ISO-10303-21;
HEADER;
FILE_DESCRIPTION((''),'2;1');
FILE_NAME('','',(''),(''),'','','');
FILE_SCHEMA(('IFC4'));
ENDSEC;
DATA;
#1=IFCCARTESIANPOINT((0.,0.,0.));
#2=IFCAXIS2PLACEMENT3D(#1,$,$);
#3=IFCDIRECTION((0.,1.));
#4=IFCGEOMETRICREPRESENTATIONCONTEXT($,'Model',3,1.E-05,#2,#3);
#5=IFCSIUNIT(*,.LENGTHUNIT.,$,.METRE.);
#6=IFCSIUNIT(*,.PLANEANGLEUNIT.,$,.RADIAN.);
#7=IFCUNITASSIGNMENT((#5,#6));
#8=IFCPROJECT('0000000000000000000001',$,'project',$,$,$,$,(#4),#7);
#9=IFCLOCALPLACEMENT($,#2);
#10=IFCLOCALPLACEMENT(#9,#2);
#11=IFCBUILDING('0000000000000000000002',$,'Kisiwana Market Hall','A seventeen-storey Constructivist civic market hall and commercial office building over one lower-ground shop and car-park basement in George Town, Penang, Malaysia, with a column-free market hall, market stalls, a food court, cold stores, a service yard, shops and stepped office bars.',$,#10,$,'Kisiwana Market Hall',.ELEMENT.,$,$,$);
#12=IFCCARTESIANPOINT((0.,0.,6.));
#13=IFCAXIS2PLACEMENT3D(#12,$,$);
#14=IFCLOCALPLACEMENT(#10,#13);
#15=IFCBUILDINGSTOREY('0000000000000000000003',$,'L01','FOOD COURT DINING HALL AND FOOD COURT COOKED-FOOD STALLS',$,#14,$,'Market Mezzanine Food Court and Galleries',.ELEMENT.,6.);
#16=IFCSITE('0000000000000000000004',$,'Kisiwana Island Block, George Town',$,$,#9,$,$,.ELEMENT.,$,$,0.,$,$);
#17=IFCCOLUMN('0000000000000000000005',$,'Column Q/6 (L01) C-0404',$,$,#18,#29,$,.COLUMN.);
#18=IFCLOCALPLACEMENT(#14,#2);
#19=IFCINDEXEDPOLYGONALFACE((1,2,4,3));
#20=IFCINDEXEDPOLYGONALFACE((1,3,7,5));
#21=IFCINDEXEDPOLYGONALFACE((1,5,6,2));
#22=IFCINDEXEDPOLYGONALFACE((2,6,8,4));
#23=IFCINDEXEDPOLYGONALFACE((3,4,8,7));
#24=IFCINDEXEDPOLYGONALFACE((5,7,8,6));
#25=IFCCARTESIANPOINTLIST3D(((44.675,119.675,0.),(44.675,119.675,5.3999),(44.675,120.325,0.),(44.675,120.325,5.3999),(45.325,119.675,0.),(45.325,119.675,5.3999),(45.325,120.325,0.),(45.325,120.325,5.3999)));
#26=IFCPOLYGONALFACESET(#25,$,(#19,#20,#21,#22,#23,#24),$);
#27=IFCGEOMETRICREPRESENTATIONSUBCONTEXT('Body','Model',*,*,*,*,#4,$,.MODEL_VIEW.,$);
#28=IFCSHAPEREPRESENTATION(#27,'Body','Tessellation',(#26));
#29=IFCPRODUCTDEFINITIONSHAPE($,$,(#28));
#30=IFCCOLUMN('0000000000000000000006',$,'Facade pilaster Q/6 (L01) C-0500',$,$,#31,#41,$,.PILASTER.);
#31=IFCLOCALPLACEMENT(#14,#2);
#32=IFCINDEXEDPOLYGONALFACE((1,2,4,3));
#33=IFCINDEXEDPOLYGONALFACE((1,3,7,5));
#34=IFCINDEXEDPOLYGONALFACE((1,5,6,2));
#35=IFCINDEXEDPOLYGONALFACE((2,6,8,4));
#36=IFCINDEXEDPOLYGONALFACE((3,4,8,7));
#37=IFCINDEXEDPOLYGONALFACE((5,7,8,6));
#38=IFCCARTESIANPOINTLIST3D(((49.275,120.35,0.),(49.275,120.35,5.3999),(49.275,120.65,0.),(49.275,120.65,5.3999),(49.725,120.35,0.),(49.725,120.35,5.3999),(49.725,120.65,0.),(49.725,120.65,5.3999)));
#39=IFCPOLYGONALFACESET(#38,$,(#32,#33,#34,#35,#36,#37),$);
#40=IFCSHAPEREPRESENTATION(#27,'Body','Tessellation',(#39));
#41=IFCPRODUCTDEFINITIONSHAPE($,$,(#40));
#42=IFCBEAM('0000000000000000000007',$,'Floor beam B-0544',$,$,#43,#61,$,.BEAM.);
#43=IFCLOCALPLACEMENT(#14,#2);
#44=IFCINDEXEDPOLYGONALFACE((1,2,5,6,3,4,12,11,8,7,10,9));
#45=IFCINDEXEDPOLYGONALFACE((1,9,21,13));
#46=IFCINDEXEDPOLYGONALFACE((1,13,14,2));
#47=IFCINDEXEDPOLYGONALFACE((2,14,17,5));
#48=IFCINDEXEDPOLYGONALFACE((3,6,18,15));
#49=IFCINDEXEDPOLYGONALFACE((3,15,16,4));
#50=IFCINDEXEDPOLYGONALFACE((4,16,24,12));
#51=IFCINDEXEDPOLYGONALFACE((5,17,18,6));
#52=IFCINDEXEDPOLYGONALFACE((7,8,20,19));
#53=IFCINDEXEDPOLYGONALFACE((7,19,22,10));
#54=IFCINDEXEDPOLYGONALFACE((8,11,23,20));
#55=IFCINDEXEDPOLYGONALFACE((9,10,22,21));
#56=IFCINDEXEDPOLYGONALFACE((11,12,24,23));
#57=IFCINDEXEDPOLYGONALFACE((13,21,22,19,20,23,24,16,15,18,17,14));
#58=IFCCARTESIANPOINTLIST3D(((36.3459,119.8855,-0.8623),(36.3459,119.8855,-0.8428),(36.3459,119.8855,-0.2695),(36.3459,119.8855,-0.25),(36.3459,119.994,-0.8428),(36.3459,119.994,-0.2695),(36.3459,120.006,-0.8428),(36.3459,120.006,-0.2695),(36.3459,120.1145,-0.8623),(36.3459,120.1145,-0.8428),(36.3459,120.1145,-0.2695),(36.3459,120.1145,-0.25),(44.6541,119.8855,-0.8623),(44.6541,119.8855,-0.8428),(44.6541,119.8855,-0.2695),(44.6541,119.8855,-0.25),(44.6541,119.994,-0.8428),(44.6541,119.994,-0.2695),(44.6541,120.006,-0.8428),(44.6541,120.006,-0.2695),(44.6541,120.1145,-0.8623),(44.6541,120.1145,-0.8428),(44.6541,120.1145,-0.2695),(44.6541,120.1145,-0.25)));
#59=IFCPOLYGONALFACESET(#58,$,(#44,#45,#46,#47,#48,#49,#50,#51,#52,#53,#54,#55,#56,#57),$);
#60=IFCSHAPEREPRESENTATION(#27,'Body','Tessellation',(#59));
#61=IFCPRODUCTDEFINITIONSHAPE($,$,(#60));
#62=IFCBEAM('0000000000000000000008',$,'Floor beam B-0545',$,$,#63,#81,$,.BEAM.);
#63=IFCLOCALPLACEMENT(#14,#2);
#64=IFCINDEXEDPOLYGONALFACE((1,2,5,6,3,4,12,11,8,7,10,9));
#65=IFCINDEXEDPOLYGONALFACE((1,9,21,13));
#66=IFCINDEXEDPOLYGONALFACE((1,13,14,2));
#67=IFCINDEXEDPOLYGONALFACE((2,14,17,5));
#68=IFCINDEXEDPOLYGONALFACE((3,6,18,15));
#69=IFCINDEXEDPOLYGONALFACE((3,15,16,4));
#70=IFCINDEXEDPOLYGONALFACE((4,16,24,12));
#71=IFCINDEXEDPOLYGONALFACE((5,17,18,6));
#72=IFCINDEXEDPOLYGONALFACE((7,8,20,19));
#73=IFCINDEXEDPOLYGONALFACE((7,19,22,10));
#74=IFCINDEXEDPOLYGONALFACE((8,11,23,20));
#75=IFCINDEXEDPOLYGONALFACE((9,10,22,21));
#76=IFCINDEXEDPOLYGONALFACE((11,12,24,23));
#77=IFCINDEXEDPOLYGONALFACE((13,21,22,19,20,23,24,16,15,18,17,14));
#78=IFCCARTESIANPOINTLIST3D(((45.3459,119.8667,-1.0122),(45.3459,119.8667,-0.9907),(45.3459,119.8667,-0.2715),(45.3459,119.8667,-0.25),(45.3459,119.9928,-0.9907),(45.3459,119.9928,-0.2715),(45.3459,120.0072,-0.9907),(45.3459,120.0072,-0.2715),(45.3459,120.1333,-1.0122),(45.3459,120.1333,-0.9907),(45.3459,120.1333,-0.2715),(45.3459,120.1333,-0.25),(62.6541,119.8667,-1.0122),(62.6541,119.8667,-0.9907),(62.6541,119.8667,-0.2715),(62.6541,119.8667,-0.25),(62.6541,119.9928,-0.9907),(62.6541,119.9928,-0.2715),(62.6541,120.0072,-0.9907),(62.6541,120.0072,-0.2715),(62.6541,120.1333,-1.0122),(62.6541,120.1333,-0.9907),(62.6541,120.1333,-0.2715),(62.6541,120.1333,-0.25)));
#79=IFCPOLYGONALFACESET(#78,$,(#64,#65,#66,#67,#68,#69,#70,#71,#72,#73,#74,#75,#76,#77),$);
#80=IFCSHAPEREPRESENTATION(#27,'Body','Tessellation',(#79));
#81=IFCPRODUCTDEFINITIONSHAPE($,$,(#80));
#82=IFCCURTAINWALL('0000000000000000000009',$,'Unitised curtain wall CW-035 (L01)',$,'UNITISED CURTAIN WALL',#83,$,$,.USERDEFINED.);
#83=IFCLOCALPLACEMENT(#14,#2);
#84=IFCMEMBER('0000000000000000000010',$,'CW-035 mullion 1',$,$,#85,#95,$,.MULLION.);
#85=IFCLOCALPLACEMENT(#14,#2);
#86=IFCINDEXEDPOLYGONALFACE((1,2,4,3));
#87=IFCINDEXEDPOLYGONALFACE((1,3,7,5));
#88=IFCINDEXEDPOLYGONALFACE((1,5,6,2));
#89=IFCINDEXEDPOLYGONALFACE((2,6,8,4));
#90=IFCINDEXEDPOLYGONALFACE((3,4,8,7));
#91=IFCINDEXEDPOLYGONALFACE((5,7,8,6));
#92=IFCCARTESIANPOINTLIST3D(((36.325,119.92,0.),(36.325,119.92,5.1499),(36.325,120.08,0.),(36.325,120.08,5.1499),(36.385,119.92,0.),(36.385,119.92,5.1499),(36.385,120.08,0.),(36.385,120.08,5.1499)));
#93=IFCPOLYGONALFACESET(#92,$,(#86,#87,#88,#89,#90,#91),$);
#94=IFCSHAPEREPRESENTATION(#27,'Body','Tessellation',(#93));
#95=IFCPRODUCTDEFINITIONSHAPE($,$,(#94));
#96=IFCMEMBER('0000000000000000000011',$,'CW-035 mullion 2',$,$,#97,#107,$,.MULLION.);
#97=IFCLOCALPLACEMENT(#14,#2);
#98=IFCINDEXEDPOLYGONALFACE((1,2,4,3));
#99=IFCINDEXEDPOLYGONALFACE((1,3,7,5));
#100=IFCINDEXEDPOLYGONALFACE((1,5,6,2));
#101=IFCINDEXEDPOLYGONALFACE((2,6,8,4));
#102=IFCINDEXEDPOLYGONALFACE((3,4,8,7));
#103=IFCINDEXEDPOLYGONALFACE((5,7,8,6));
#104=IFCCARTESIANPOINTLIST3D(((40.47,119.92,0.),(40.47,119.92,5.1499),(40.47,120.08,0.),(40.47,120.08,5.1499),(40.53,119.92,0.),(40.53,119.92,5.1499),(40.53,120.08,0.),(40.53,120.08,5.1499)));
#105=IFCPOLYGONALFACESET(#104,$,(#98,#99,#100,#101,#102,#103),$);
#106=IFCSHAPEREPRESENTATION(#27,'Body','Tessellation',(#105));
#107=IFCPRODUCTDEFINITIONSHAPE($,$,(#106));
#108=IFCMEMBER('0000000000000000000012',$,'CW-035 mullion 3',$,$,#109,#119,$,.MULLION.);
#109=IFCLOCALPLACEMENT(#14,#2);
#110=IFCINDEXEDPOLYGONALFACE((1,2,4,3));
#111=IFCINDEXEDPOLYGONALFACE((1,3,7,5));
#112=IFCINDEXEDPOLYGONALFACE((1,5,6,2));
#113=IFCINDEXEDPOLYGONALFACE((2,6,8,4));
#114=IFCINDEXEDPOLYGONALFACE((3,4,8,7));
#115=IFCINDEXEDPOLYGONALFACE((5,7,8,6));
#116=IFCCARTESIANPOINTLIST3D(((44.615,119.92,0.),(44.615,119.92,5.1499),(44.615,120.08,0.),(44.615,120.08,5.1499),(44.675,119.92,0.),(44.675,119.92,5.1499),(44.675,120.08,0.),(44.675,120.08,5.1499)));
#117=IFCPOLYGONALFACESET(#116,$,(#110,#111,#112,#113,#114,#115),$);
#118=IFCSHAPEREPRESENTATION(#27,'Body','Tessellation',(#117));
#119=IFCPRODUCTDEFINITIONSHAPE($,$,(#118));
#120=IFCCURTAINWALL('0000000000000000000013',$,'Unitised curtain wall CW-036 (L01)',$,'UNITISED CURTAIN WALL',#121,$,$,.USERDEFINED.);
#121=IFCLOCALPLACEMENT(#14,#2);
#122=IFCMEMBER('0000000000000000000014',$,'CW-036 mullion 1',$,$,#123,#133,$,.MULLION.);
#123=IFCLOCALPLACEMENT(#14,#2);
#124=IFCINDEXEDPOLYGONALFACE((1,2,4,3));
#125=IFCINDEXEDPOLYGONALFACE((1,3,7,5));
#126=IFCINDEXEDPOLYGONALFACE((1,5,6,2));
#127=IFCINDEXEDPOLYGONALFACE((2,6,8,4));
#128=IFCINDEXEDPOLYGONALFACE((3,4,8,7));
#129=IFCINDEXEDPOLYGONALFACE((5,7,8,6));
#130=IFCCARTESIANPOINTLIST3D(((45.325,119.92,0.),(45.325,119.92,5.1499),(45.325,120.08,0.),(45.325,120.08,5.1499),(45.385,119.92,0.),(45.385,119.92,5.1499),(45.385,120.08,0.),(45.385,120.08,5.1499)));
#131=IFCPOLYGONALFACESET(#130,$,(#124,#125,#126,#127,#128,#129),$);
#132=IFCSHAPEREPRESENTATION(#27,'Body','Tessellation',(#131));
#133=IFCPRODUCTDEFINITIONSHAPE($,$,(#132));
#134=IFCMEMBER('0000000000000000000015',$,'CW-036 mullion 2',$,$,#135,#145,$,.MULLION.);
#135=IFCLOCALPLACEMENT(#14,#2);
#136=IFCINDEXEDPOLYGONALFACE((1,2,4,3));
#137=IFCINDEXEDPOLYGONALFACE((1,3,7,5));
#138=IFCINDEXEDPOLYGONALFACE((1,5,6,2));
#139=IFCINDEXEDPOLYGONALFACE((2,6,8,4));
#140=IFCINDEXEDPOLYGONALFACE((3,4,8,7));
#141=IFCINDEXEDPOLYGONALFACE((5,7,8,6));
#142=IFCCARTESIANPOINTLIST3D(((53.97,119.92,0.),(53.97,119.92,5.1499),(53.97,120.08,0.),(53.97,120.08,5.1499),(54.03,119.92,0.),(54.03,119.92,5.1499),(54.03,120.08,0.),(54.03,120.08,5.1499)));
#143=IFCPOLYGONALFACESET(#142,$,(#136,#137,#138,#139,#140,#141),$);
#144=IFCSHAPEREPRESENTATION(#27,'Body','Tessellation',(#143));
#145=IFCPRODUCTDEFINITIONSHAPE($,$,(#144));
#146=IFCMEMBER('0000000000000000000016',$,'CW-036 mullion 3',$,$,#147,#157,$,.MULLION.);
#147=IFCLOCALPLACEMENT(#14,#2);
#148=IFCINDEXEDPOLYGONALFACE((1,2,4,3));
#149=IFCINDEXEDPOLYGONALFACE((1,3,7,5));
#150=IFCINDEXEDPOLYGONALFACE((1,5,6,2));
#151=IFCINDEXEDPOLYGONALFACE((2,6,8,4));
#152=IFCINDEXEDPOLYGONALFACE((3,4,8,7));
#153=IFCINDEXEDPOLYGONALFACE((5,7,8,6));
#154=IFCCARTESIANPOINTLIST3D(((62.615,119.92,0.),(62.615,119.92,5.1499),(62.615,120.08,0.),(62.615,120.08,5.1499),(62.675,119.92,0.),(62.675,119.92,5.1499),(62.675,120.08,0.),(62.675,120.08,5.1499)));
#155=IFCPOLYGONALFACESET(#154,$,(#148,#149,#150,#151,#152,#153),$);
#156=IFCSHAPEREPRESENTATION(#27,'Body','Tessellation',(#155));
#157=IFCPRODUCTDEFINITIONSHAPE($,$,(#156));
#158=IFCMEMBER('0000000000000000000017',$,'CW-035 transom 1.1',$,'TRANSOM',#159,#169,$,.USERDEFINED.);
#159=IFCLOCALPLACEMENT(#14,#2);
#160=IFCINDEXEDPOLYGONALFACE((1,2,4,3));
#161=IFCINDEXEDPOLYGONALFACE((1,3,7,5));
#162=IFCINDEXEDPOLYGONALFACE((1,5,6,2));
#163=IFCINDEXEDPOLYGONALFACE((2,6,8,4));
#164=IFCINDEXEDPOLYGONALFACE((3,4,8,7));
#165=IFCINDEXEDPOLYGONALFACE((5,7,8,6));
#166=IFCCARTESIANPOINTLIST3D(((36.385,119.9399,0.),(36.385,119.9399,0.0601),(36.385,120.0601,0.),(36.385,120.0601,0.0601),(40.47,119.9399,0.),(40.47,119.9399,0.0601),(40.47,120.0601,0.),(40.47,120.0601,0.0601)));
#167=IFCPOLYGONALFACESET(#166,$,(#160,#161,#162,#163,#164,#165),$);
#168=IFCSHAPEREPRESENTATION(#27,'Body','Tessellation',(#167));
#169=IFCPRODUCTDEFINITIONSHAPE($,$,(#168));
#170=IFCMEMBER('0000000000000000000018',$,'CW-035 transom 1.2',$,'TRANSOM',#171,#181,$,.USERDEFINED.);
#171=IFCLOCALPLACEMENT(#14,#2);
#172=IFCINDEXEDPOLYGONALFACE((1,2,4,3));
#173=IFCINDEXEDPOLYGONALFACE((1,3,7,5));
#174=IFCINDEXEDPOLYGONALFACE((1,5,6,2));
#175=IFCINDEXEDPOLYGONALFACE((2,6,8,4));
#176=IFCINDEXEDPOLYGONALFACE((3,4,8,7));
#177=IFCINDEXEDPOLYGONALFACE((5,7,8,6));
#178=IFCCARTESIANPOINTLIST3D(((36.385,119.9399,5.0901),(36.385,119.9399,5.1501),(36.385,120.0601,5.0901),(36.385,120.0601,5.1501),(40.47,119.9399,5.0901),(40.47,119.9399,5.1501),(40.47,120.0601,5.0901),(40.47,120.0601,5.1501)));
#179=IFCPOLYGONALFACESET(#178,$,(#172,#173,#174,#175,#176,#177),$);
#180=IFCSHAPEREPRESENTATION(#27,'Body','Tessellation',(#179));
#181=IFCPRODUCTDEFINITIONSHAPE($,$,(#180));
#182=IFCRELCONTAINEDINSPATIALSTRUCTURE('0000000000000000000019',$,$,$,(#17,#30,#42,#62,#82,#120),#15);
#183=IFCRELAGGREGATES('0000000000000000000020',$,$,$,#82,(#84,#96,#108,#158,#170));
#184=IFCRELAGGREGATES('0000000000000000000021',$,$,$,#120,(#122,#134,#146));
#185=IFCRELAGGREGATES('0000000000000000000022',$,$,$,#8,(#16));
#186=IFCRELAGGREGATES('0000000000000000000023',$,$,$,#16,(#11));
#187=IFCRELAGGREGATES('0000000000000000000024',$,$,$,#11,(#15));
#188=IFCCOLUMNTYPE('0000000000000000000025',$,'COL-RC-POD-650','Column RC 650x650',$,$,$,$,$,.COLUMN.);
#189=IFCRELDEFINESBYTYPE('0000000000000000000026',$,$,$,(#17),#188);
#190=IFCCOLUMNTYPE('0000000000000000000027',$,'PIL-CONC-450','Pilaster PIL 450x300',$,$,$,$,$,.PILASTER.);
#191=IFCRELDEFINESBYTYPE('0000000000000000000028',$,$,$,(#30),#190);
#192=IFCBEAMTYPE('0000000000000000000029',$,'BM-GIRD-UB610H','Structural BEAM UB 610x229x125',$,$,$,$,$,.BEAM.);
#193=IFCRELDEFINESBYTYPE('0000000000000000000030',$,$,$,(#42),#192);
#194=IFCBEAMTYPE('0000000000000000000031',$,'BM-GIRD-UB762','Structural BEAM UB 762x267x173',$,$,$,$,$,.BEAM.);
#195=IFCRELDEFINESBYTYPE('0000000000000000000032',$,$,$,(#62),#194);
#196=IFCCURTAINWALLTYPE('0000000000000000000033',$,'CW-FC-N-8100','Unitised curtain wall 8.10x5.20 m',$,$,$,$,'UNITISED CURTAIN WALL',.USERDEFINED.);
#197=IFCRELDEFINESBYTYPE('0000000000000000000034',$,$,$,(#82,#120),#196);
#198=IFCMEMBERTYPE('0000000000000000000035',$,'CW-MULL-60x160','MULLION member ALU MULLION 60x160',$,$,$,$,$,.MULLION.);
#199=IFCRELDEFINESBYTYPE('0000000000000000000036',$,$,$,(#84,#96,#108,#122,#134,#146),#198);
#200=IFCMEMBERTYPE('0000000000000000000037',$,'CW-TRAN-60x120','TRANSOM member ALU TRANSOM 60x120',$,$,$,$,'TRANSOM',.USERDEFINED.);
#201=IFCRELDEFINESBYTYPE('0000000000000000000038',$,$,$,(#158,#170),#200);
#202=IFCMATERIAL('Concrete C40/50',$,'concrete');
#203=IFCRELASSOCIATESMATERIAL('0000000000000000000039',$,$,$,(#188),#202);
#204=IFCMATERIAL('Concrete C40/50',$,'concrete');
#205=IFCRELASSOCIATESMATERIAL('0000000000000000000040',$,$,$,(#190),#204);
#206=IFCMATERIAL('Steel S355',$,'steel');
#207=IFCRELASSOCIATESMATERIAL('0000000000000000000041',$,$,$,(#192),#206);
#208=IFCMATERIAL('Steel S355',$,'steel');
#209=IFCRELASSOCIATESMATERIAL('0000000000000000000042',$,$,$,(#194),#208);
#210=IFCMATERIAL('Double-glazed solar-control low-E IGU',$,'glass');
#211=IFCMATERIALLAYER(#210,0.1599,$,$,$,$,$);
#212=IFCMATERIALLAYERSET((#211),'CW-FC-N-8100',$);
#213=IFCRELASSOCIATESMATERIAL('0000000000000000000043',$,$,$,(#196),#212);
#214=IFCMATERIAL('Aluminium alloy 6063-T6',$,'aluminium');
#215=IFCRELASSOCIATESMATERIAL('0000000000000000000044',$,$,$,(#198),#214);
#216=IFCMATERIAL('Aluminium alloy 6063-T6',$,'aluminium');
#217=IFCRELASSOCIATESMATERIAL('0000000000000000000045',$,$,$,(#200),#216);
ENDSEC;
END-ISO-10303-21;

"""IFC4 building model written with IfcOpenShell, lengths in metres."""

from ifc_helpers import new_model, si_unit, direction, frame, origin, origin_2d, place, context, subcontext, project, spatial, rectangle, i_section, extrude, material, layer, layer_set, material_profile, profile_set, type_object, element, aggregate, save


model = new_model("IFC4")

# Units and contexts
model_context = context("Model", 3, precision=1e-05, world=origin(), true_north=direction((0.0, 1.0)))
body_context = subcontext(model_context, "Body", "Model", "MODEL_VIEW")
ifc_project = project(units=[si_unit("LENGTHUNIT", "METRE"), si_unit("PLANEANGLEUNIT", "RADIAN")], contexts=[model_context])

# Site, building, storey
site_placement = place(None, origin())
site = spatial("IfcSite", under=ifc_project, at=site_placement, Name="Kisiwana Island Block, George Town", CompositionType="ELEMENT", RefElevation=0.0)
building_placement = place(site_placement, origin())
building = spatial("IfcBuilding", under=site, at=building_placement, Name="Kisiwana Market Hall", Description="A seventeen-storey Constructivist civic market hall and commercial office building over one lower-ground shop and car-park basement in George Town, Penang, Malaysia, with a column-free market hall, market stalls, a food court, cold stores, a service yard, shops and stepped office bars.", LongName="Kisiwana Market Hall", CompositionType="ELEMENT")
storey_placement = place(building_placement, frame((0.0, 0.0, 6.0)))
storey = spatial("IfcBuildingStorey", under=building, at=storey_placement, Name="L01", Description="FOOD COURT DINING HALL AND FOOD COURT COOKED-FOOD STALLS", LongName="Market Mezzanine Food Court and Galleries", CompositionType="ELEMENT", Elevation=6.0)

# Columns
ifc_material_1 = material(Name="Concrete C40/50", Category="concrete")
ifc_material_profile_1 = material_profile(ifc_material_1, rectangle(XDim=0.6499, YDim=0.6499, at=origin_2d()), Name="RC 650x650")
ifc_profile_set_1 = profile_set([ifc_material_profile_1], Name="Concrete C40/50")
column_type_1 = type_object("IfcColumnType", Name="COL-RC-POD-650", Description="Column RC 650x650", PredefinedType="COLUMN", material=ifc_profile_set_1)
column_1_placement = place(storey_placement, frame((45.0, 120.0, 0.0), z_axis=(0.0, 0.0, 1.0), x_axis=(1.0, 0.0, 0.0)))
element("IfcColumn", 1, at=column_1_placement, inside=storey, type_object=column_type_1, Name="Column Q/6 (L01) C-0404", PredefinedType="COLUMN", context=body_context, shape_type="SweptSolid", body=[
    extrude(rectangle(XDim=0.6499, YDim=0.6499, at=origin_2d()), origin(), (0.0, 0.0, 1.0), 5.3999),
])
ifc_material_2 = material(Name="Concrete C40/50", Category="concrete")
ifc_material_profile_2 = material_profile(ifc_material_2, rectangle(XDim=0.45, YDim=0.3, at=origin_2d()), Name="PIL 450x300")
ifc_profile_set_2 = profile_set([ifc_material_profile_2], Name="Concrete C40/50")
column_type_2 = type_object("IfcColumnType", Name="PIL-CONC-450", Description="Pilaster PIL 450x300", PredefinedType="PILASTER", material=ifc_profile_set_2)
column_2_placement = place(storey_placement, frame((49.5, 120.5, 0.0), z_axis=(0.0, 0.0, 1.0), x_axis=(1.0, 0.0, 0.0)))
element("IfcColumn", 2, at=column_2_placement, inside=storey, type_object=column_type_2, Name="Facade pilaster Q/6 (L01) C-0500", PredefinedType="PILASTER", context=body_context, shape_type="SweptSolid", body=[
    extrude(rectangle(XDim=0.45, YDim=0.3, at=origin_2d()), origin(), (0.0, 0.0, 1.0), 5.3999),
])

# Beams
ifc_material_3 = material(Name="Steel S355", Category="steel")
ifc_material_profile_3 = material_profile(ifc_material_3, i_section(OverallWidth=0.229, OverallDepth=0.6123, WebThickness=0.012, FlangeThickness=0.0195, at=origin_2d()), Name="UB 610x229x125")
ifc_profile_set_3 = profile_set([ifc_material_profile_3], Name="Steel S355")
beam_type_1 = type_object("IfcBeamType", Name="BM-GIRD-UB610H", Description="Structural BEAM UB 610x229x125", PredefinedType="BEAM", material=ifc_profile_set_3)
beam_1_placement = place(storey_placement, frame((36.3459, 120.0, -0.5562), z_axis=(1.0, 0.0, 0.0), x_axis=(0.0, 1.0, 0.0)))
element("IfcBeam", 3, at=beam_1_placement, inside=storey, type_object=beam_type_1, Name="Floor beam B-0544", PredefinedType="BEAM", context=body_context, shape_type="SweptSolid", body=[
    extrude(i_section(OverallWidth=0.229, OverallDepth=0.6123, WebThickness=0.012, FlangeThickness=0.0195, at=origin_2d()), origin(), (0.0, 0.0, 1.0), 8.3081),
])
ifc_material_4 = material(Name="Steel S355", Category="steel")
ifc_material_profile_4 = material_profile(ifc_material_4, i_section(OverallWidth=0.2666, OverallDepth=0.7622, WebThickness=0.0144, FlangeThickness=0.0215, at=origin_2d()), Name="UB 762x267x173")
ifc_profile_set_4 = profile_set([ifc_material_profile_4], Name="Steel S355")
beam_type_2 = type_object("IfcBeamType", Name="BM-GIRD-UB762", Description="Structural BEAM UB 762x267x173", PredefinedType="BEAM", material=ifc_profile_set_4)
beam_2_placement = place(storey_placement, frame((45.3459, 120.0, -0.6311), z_axis=(1.0, 0.0, 0.0), x_axis=(0.0, 1.0, 0.0)))
element("IfcBeam", 4, at=beam_2_placement, inside=storey, type_object=beam_type_2, Name="Floor beam B-0545", PredefinedType="BEAM", context=body_context, shape_type="SweptSolid", body=[
    extrude(i_section(OverallWidth=0.2666, OverallDepth=0.7622, WebThickness=0.0144, FlangeThickness=0.0215, at=origin_2d()), origin(), (0.0, 0.0, 1.0), 17.3081),
])

# Curtain walls, members
ifc_material_5 = material(Name="Double-glazed solar-control low-E IGU", Category="glass")
ifc_layer_1 = layer(ifc_material_5, 0.1599)
ifc_layer_set_1 = layer_set([ifc_layer_1], Name="CW-FC-N-8100")
curtain_wall_type = type_object("IfcCurtainWallType", Name="CW-FC-N-8100", Description="Unitised curtain wall 8.10x5.20 m", ElementType="UNITISED CURTAIN WALL", PredefinedType="USERDEFINED", material=ifc_layer_set_1)
curtain_wall_1_placement = place(storey_placement, origin())
curtain_wall_1 = element("IfcCurtainWall", 5, at=curtain_wall_1_placement, inside=storey, type_object=curtain_wall_type, Name="Unitised curtain wall CW-035 (L01)", ObjectType="UNITISED CURTAIN WALL", PredefinedType="USERDEFINED")
ifc_material_6 = material(Name="Aluminium alloy 6063-T6", Category="aluminium")
ifc_material_profile_5 = material_profile(ifc_material_6, rectangle(XDim=0.0601, YDim=0.1599, at=origin_2d()), Name="ALU MULLION 60x160")
ifc_profile_set_5 = profile_set([ifc_material_profile_5], Name="Aluminium alloy 6063-T6")
member_type_1 = type_object("IfcMemberType", Name="CW-MULL-60x160", Description="MULLION member ALU MULLION 60x160", PredefinedType="MULLION", material=ifc_profile_set_5)
member_1_placement = place(storey_placement, frame((36.355, 120.0, 0.0), z_axis=(0.0, 0.0, 1.0), x_axis=(1.0, 0.0, 0.0)))
member_1 = element("IfcMember", 6, at=member_1_placement, type_object=member_type_1, Name="CW-035 mullion 1", PredefinedType="MULLION", context=body_context, shape_type="SweptSolid", body=[
    extrude(rectangle(XDim=0.0601, YDim=0.1599, at=origin_2d()), origin(), (0.0, 0.0, 1.0), 5.1499),
])
member_2_placement = place(storey_placement, frame((40.5, 120.0, 0.0), z_axis=(0.0, 0.0, 1.0), x_axis=(1.0, 0.0, 0.0)))
member_2 = element("IfcMember", 7, at=member_2_placement, type_object=member_type_1, Name="CW-035 mullion 2", PredefinedType="MULLION", context=body_context, shape_type="SweptSolid", body=[
    extrude(rectangle(XDim=0.0601, YDim=0.1599, at=origin_2d()), origin(), (0.0, 0.0, 1.0), 5.1499),
])
member_3_placement = place(storey_placement, frame((44.645, 120.0, 0.0), z_axis=(0.0, 0.0, 1.0), x_axis=(1.0, 0.0, 0.0)))
member_3 = element("IfcMember", 8, at=member_3_placement, type_object=member_type_1, Name="CW-035 mullion 3", PredefinedType="MULLION", context=body_context, shape_type="SweptSolid", body=[
    extrude(rectangle(XDim=0.0601, YDim=0.1599, at=origin_2d()), origin(), (0.0, 0.0, 1.0), 5.1499),
])
curtain_wall_2_placement = place(storey_placement, origin())
curtain_wall_2 = element("IfcCurtainWall", 9, at=curtain_wall_2_placement, inside=storey, type_object=curtain_wall_type, Name="Unitised curtain wall CW-036 (L01)", ObjectType="UNITISED CURTAIN WALL", PredefinedType="USERDEFINED")
member_4_placement = place(storey_placement, frame((45.355, 120.0, 0.0), z_axis=(0.0, 0.0, 1.0), x_axis=(1.0, 0.0, 0.0)))
member_4 = element("IfcMember", 10, at=member_4_placement, type_object=member_type_1, Name="CW-036 mullion 1", PredefinedType="MULLION", context=body_context, shape_type="SweptSolid", body=[
    extrude(rectangle(XDim=0.0601, YDim=0.1599, at=origin_2d()), origin(), (0.0, 0.0, 1.0), 5.1499),
])
member_5_placement = place(storey_placement, frame((54.0, 120.0, 0.0), z_axis=(0.0, 0.0, 1.0), x_axis=(1.0, 0.0, 0.0)))
member_5 = element("IfcMember", 11, at=member_5_placement, type_object=member_type_1, Name="CW-036 mullion 2", PredefinedType="MULLION", context=body_context, shape_type="SweptSolid", body=[
    extrude(rectangle(XDim=0.0601, YDim=0.1599, at=origin_2d()), origin(), (0.0, 0.0, 1.0), 5.1499),
])
member_6_placement = place(storey_placement, frame((62.645, 120.0, 0.0), z_axis=(0.0, 0.0, 1.0), x_axis=(1.0, 0.0, 0.0)))
member_6 = element("IfcMember", 12, at=member_6_placement, type_object=member_type_1, Name="CW-036 mullion 3", PredefinedType="MULLION", context=body_context, shape_type="SweptSolid", body=[
    extrude(rectangle(XDim=0.0601, YDim=0.1599, at=origin_2d()), origin(), (0.0, 0.0, 1.0), 5.1499),
])

# Members
ifc_material_7 = material(Name="Aluminium alloy 6063-T6", Category="aluminium")
ifc_material_profile_6 = material_profile(ifc_material_7, rectangle(XDim=0.1201, YDim=0.0601, at=origin_2d()), Name="ALU TRANSOM 60x120")
ifc_profile_set_6 = profile_set([ifc_material_profile_6], Name="Aluminium alloy 6063-T6")
member_type_2 = type_object("IfcMemberType", Name="CW-TRAN-60x120", Description="TRANSOM member ALU TRANSOM 60x120", ElementType="TRANSOM", PredefinedType="USERDEFINED", material=ifc_profile_set_6)
member_7_placement = place(storey_placement, frame((36.385, 120.0, 0.03), z_axis=(1.0, 0.0, 0.0), x_axis=(0.0, 1.0, 0.0)))
member_7 = element("IfcMember", 13, at=member_7_placement, type_object=member_type_2, Name="CW-035 transom 1.1", ObjectType="TRANSOM", PredefinedType="USERDEFINED", context=body_context, shape_type="SweptSolid", body=[
    extrude(rectangle(XDim=0.1201, YDim=0.0601, at=origin_2d()), origin(), (0.0, 0.0, 1.0), 4.085),
])
member_8_placement = place(storey_placement, frame((36.385, 120.0, 5.1201), z_axis=(1.0, 0.0, 0.0), x_axis=(0.0, 1.0, 0.0)))
member_8 = element("IfcMember", 14, at=member_8_placement, type_object=member_type_2, Name="CW-035 transom 1.2", ObjectType="TRANSOM", PredefinedType="USERDEFINED", context=body_context, shape_type="SweptSolid", body=[
    extrude(rectangle(XDim=0.1201, YDim=0.0601, at=origin_2d()), origin(), (0.0, 0.0, 1.0), 4.085),
])

aggregate(curtain_wall_1, [member_1, member_2, member_3, member_7, member_8])
aggregate(curtain_wall_2, [member_4, member_5, member_6])

save(model, "model.ifc")
